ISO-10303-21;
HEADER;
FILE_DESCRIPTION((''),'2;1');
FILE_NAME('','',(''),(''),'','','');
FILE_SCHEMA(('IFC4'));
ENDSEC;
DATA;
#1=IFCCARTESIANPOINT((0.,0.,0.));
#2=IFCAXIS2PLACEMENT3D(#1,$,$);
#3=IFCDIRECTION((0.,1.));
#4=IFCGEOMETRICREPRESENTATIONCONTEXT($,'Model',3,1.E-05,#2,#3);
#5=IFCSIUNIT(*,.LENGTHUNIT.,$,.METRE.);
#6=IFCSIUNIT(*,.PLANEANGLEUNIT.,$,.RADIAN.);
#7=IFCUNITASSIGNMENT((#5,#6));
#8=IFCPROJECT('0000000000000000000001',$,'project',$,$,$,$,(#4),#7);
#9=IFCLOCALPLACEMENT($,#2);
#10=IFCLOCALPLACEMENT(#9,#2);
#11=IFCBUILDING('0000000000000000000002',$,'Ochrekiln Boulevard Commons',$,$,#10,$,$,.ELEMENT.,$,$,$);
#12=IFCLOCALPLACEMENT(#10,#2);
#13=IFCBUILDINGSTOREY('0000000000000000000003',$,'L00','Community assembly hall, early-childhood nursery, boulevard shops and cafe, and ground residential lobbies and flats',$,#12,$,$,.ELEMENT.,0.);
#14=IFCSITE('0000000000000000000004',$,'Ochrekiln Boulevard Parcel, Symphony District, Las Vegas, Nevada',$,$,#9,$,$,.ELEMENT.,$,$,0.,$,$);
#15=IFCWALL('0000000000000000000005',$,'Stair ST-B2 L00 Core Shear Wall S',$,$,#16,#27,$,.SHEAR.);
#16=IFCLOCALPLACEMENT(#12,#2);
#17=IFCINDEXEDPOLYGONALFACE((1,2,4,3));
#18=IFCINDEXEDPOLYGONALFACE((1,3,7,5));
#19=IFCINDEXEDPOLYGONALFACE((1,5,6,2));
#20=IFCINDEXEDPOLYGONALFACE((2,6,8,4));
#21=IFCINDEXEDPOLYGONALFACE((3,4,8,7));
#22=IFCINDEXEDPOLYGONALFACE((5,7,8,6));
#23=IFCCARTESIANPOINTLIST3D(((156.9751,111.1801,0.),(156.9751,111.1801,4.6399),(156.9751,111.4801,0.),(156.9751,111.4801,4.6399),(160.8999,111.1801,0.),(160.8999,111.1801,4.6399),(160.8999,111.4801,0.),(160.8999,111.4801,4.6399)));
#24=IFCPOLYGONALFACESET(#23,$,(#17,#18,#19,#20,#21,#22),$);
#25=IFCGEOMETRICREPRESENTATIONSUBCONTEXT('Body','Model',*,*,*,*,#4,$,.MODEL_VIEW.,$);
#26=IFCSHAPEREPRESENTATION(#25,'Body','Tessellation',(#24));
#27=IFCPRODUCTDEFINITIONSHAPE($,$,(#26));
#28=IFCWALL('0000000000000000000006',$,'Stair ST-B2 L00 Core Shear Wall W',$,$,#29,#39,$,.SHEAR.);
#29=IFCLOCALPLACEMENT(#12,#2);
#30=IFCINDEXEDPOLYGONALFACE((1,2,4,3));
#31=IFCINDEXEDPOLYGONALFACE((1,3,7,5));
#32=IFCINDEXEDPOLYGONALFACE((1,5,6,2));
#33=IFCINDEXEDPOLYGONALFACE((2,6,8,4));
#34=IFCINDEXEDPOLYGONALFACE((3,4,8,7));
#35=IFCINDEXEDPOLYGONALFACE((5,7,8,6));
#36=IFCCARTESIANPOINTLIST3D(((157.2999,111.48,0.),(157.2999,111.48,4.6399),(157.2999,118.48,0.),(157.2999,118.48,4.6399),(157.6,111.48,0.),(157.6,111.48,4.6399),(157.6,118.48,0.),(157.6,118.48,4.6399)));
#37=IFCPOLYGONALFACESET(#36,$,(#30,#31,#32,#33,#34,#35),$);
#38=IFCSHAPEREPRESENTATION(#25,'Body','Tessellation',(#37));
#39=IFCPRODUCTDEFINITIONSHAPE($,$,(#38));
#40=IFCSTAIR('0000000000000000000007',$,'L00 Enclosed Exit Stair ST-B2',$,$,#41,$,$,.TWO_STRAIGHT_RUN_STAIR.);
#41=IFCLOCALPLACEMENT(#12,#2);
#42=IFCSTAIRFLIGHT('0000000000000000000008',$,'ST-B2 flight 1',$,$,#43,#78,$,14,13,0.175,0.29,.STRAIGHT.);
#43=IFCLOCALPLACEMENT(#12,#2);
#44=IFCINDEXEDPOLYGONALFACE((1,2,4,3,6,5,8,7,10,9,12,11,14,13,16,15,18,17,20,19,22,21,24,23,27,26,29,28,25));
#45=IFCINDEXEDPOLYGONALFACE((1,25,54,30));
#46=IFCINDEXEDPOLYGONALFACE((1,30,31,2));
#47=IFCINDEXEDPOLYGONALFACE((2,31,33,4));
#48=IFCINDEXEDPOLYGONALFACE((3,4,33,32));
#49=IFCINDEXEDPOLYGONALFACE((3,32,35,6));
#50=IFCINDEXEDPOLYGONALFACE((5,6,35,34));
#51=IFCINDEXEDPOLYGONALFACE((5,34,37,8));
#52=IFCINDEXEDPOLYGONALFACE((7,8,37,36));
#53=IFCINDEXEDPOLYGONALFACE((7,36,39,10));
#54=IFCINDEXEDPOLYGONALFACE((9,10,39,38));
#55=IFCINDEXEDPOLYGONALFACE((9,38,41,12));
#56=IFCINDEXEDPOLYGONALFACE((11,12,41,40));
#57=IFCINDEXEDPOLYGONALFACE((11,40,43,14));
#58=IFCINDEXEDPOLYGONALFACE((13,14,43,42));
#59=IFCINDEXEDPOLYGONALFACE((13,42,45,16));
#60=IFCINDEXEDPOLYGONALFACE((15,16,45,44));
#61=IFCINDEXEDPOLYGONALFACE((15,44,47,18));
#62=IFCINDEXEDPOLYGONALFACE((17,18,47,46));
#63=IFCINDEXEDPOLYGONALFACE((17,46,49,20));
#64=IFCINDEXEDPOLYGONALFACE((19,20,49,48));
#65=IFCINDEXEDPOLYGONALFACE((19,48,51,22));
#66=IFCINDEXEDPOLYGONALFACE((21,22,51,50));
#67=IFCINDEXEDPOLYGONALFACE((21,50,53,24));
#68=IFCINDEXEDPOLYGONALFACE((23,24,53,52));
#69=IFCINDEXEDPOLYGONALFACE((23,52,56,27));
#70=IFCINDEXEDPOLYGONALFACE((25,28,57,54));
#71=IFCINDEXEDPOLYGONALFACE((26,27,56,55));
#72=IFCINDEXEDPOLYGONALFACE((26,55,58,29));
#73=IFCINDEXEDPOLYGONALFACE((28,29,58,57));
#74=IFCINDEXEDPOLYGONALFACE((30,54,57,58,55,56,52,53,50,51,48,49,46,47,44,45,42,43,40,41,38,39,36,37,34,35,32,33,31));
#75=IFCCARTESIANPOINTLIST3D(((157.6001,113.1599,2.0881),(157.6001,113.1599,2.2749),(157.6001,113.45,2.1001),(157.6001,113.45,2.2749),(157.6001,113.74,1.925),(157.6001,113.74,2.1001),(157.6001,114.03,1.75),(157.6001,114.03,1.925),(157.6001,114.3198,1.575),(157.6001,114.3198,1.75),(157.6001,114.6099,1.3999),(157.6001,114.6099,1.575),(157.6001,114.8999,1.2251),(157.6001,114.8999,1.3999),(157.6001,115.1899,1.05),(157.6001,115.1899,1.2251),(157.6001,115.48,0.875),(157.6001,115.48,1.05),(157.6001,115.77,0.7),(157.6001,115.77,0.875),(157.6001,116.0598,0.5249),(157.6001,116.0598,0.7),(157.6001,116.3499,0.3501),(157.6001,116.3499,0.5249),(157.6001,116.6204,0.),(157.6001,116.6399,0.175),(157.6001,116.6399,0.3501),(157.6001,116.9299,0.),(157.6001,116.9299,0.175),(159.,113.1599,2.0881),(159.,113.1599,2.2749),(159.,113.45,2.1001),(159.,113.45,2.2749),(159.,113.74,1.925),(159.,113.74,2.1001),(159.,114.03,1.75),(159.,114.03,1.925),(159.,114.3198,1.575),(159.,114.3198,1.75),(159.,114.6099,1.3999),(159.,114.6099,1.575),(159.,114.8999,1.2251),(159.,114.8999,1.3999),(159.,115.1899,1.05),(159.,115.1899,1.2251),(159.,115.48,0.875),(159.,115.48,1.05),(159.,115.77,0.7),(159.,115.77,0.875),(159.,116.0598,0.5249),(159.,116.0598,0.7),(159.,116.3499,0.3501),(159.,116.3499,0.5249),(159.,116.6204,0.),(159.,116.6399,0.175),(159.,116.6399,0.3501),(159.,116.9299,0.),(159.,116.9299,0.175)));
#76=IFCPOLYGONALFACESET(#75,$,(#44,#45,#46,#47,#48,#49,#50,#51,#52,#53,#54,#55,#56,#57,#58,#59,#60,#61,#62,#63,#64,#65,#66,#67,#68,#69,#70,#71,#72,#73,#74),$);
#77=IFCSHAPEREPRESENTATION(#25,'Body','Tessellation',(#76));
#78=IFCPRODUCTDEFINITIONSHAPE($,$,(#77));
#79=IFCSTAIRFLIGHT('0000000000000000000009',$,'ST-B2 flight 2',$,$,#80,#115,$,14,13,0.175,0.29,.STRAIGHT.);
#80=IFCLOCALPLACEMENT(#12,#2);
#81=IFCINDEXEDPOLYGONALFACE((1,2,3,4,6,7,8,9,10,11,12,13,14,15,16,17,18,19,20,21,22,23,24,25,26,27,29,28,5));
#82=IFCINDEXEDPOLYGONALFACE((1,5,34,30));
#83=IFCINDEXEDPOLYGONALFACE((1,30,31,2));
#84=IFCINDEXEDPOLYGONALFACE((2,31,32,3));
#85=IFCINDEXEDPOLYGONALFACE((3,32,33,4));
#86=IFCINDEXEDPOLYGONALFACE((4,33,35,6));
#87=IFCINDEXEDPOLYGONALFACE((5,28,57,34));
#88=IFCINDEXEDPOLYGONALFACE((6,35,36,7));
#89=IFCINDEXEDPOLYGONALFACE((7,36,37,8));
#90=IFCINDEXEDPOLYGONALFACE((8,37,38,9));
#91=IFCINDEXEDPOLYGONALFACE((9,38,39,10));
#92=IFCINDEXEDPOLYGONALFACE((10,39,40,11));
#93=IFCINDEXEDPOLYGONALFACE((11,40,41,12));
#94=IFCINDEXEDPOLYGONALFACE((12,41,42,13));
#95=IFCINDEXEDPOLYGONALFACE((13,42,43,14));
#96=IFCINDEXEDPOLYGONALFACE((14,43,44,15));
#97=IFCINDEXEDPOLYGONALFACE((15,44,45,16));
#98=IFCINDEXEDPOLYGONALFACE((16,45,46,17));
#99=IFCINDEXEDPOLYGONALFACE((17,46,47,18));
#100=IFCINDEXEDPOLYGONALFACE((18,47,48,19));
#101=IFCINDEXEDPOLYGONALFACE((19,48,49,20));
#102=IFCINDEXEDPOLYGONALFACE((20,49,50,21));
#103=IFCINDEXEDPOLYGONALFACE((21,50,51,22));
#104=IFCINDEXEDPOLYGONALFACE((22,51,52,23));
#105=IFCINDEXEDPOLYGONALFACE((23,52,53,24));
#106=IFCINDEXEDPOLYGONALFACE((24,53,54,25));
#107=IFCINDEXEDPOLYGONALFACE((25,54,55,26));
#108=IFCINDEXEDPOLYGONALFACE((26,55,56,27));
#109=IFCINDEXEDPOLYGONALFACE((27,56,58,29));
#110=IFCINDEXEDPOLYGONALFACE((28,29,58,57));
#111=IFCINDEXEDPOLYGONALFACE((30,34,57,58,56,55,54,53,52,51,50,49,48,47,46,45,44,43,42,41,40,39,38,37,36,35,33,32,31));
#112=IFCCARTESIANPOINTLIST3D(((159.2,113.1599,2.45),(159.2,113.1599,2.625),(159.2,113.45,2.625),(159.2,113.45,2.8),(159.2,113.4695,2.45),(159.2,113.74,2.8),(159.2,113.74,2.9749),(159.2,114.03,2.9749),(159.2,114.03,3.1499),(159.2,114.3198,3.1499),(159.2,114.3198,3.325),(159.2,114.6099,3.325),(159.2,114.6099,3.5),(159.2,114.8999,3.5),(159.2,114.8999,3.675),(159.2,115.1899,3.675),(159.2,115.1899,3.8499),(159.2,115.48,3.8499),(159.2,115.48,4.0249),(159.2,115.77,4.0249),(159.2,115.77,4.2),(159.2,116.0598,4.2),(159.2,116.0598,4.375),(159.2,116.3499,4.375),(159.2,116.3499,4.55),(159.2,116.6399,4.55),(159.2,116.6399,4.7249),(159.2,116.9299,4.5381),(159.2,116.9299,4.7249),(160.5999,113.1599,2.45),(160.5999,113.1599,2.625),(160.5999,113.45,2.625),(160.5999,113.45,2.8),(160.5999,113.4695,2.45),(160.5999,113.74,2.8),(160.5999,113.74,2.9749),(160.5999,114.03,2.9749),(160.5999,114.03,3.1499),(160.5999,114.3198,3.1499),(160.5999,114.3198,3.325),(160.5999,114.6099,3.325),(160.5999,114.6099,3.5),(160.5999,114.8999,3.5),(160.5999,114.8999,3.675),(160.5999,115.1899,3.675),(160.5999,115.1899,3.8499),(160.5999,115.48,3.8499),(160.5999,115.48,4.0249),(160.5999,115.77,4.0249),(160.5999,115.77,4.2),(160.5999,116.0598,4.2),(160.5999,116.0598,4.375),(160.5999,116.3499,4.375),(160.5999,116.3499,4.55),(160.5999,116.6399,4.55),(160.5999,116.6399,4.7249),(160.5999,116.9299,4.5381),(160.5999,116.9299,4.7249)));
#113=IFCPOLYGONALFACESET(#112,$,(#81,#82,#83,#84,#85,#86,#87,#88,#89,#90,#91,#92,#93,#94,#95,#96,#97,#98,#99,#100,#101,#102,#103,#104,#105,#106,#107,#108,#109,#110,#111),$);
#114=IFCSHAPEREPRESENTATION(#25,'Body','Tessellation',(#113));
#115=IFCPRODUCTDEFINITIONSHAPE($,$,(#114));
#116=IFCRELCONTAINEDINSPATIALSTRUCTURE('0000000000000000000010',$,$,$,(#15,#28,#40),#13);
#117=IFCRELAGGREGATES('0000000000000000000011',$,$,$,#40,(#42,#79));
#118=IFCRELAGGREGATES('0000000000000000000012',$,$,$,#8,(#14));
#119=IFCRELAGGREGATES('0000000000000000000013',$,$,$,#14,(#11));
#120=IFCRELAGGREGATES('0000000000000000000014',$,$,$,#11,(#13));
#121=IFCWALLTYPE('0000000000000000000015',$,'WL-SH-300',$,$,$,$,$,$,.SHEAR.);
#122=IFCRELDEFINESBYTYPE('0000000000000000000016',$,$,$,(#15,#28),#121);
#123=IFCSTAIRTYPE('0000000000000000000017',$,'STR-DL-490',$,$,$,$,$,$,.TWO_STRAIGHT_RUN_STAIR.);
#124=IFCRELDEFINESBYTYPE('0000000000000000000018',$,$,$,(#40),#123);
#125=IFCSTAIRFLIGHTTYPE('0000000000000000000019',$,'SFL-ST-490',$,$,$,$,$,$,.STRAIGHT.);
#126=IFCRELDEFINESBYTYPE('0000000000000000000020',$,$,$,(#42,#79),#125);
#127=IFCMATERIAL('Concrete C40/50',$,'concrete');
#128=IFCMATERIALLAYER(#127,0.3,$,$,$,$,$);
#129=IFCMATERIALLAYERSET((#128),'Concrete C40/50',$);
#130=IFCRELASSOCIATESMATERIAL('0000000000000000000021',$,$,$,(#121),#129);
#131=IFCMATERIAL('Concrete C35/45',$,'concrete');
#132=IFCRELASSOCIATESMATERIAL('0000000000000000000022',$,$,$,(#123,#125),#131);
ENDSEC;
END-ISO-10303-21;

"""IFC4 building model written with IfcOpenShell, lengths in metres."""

from ifc_helpers import new_model, si_unit, direction, frame, frame_2d, origin, place, context, subcontext, project, spatial, polyline, rectangle, outline, extrude, material, layer, layer_set, type_object, element, aggregate, save


model = new_model("IFC4")

# Units and contexts
model_context = context("Model", 3, precision=1e-05, world=origin(), true_north=direction((0.0, 1.0)))
body_context = subcontext(model_context, "Body", "Model", "MODEL_VIEW")
ifc_project = project(units=[si_unit("LENGTHUNIT", "METRE"), si_unit("PLANEANGLEUNIT", "RADIAN")], contexts=[model_context])

# Site, building, storey
site_placement = place(None, origin())
site = spatial("IfcSite", under=ifc_project, at=site_placement, Name="Ochrekiln Boulevard Parcel, Symphony District, Las Vegas, Nevada", CompositionType="ELEMENT", RefElevation=0.0)
building_placement = place(site_placement, origin())
building = spatial("IfcBuilding", under=site, at=building_placement, Name="Ochrekiln Boulevard Commons", CompositionType="ELEMENT")
storey_placement = place(building_placement, origin())
storey = spatial("IfcBuildingStorey", under=building, at=storey_placement, Name="L00", Description="Community assembly hall, early-childhood nursery, boulevard shops and cafe, and ground residential lobbies and flats", CompositionType="ELEMENT", Elevation=0.0)

# Shared definitions
ifc_material_1 = material(Name="Concrete C40/50", Category="concrete")

# Shared definitions
ifc_material_2 = material(Name="Concrete C35/45", Category="concrete")

# Walls
ifc_layer_1 = layer(ifc_material_1, 0.3)
ifc_layer_set_1 = layer_set([ifc_layer_1], Name="Concrete C40/50")
wall_type_1 = type_object("IfcWallType", Name="WL-SH-300", PredefinedType="SHEAR", material=ifc_layer_set_1)
wall_1_placement = place(storey_placement, frame((156.9751, 111.3301, 0.0), z_axis=(0.0, 0.0, 1.0), x_axis=(1.0, 0.0, 0.0)))
element("IfcWall", 1, at=wall_1_placement, inside=storey, type_object=wall_type_1, Name="Stair ST-B2 L00 Core Shear Wall S", PredefinedType="SHEAR", context=body_context, shape_type="SweptSolid", body=[
    extrude(rectangle(XDim=3.9248, YDim=0.3, at=frame_2d((1.9624, 0.0))), origin(), (0.0, 0.0, 1.0), 4.6399),
])
wall_2_placement = place(storey_placement, frame((157.45, 111.48, 0.0), z_axis=(0.0, 0.0, 1.0), x_axis=(0.0, 1.0, 0.0)))
element("IfcWall", 2, at=wall_2_placement, inside=storey, type_object=wall_type_1, Name="Stair ST-B2 L00 Core Shear Wall W", PredefinedType="SHEAR", context=body_context, shape_type="SweptSolid", body=[
    extrude(rectangle(XDim=7.0, YDim=0.3, at=frame_2d((3.5, 0.0))), origin(), (0.0, 0.0, 1.0), 4.6399),
])

# Stair, stair flights
stair_type = type_object("IfcStairType", Name="STR-DL-490", PredefinedType="TWO_STRAIGHT_RUN_STAIR", material=ifc_material_2)
stair_placement = place(storey_placement, origin())
stair = element("IfcStair", 3, at=stair_placement, inside=storey, type_object=stair_type, Name="L00 Enclosed Exit Stair ST-B2", PredefinedType="TWO_STRAIGHT_RUN_STAIR")
stair_flight_type = type_object("IfcStairFlightType", Name="SFL-ST-490", PredefinedType="STRAIGHT", material=ifc_material_2)
stair_flight_1_placement = place(storey_placement, frame((158.3, 116.9299, 0.0), z_axis=(0.0, 0.0, 1.0), x_axis=(0.0, -1.0, 0.0)))
stair_flight_1 = element("IfcStairFlight", 4, at=stair_flight_1_placement, type_object=stair_flight_type, Name="ST-B2 flight 1", NumberOfRisers=14, NumberOfTreads=13, PredefinedType="STRAIGHT", RiserHeight=0.175, TreadLength=0.29, context=body_context, shape_type="SweptSolid", body=[
    extrude(outline(polyline([(0.0, 0.0), (0.0, 0.175), (0.29, 0.175), (0.29, 0.3501), (0.5801, 0.3501), (0.5801, 0.5249), (0.8701, 0.5249), (0.8701, 0.7), (1.1599, 0.7), (1.1599, 0.875), (1.45, 0.875), (1.45, 1.05), (1.74, 1.05), (1.74, 1.2251), (2.03, 1.2251), (2.03, 1.3999), (2.3201, 1.3999), (2.3201, 1.575), (2.6101, 1.575), (2.6101, 1.75), (2.8999, 1.75), (2.8999, 1.925), (3.1899, 1.925), (3.1899, 2.1001), (3.48, 2.1001), (3.48, 2.2749), (3.77, 2.2749), (3.77, 2.45), (3.77, 2.0881), (0.3096, 0.0), (0.0, 0.0)])), frame((0.0, 0.7, 0.0), z_axis=(0.0, -1.0, 0.0), x_axis=(1.0, 0.0, 0.0)), (0.0, 0.0, 1.0), 1.3999),
])
stair_flight_2_placement = place(storey_placement, frame((159.8999, 113.1599, 2.45), z_axis=(0.0, 0.0, 1.0), x_axis=(0.0, 1.0, 0.0)))
stair_flight_2 = element("IfcStairFlight", 5, at=stair_flight_2_placement, type_object=stair_flight_type, Name="ST-B2 flight 2", NumberOfRisers=14, NumberOfTreads=13, PredefinedType="STRAIGHT", RiserHeight=0.175, TreadLength=0.29, context=body_context, shape_type="SweptSolid", body=[
    extrude(outline(polyline([(0.0, 0.0), (0.0, 0.175), (0.29, 0.175), (0.29, 0.3501), (0.5801, 0.3501), (0.5801, 0.5249), (0.8701, 0.5249), (0.8701, 0.7), (1.1599, 0.7), (1.1599, 0.875), (1.45, 0.875), (1.45, 1.05), (1.74, 1.05), (1.74, 1.2251), (2.03, 1.2251), (2.03, 1.3999), (2.3201, 1.3999), (2.3201, 1.575), (2.6101, 1.575), (2.6101, 1.75), (2.8999, 1.75), (2.8999, 1.925), (3.1899, 1.925), (3.1899, 2.1001), (3.48, 2.1001), (3.48, 2.2749), (3.77, 2.2749), (3.77, 2.45), (3.77, 2.0881), (0.3096, 0.0), (0.0, 0.0)])), frame((0.0, 0.7, 0.0), z_axis=(0.0, -1.0, 0.0), x_axis=(1.0, 0.0, 0.0)), (0.0, 0.0, 1.0), 1.3999),
])
aggregate(stair, [stair_flight_1, stair_flight_2])

save(model, "model.ifc")
